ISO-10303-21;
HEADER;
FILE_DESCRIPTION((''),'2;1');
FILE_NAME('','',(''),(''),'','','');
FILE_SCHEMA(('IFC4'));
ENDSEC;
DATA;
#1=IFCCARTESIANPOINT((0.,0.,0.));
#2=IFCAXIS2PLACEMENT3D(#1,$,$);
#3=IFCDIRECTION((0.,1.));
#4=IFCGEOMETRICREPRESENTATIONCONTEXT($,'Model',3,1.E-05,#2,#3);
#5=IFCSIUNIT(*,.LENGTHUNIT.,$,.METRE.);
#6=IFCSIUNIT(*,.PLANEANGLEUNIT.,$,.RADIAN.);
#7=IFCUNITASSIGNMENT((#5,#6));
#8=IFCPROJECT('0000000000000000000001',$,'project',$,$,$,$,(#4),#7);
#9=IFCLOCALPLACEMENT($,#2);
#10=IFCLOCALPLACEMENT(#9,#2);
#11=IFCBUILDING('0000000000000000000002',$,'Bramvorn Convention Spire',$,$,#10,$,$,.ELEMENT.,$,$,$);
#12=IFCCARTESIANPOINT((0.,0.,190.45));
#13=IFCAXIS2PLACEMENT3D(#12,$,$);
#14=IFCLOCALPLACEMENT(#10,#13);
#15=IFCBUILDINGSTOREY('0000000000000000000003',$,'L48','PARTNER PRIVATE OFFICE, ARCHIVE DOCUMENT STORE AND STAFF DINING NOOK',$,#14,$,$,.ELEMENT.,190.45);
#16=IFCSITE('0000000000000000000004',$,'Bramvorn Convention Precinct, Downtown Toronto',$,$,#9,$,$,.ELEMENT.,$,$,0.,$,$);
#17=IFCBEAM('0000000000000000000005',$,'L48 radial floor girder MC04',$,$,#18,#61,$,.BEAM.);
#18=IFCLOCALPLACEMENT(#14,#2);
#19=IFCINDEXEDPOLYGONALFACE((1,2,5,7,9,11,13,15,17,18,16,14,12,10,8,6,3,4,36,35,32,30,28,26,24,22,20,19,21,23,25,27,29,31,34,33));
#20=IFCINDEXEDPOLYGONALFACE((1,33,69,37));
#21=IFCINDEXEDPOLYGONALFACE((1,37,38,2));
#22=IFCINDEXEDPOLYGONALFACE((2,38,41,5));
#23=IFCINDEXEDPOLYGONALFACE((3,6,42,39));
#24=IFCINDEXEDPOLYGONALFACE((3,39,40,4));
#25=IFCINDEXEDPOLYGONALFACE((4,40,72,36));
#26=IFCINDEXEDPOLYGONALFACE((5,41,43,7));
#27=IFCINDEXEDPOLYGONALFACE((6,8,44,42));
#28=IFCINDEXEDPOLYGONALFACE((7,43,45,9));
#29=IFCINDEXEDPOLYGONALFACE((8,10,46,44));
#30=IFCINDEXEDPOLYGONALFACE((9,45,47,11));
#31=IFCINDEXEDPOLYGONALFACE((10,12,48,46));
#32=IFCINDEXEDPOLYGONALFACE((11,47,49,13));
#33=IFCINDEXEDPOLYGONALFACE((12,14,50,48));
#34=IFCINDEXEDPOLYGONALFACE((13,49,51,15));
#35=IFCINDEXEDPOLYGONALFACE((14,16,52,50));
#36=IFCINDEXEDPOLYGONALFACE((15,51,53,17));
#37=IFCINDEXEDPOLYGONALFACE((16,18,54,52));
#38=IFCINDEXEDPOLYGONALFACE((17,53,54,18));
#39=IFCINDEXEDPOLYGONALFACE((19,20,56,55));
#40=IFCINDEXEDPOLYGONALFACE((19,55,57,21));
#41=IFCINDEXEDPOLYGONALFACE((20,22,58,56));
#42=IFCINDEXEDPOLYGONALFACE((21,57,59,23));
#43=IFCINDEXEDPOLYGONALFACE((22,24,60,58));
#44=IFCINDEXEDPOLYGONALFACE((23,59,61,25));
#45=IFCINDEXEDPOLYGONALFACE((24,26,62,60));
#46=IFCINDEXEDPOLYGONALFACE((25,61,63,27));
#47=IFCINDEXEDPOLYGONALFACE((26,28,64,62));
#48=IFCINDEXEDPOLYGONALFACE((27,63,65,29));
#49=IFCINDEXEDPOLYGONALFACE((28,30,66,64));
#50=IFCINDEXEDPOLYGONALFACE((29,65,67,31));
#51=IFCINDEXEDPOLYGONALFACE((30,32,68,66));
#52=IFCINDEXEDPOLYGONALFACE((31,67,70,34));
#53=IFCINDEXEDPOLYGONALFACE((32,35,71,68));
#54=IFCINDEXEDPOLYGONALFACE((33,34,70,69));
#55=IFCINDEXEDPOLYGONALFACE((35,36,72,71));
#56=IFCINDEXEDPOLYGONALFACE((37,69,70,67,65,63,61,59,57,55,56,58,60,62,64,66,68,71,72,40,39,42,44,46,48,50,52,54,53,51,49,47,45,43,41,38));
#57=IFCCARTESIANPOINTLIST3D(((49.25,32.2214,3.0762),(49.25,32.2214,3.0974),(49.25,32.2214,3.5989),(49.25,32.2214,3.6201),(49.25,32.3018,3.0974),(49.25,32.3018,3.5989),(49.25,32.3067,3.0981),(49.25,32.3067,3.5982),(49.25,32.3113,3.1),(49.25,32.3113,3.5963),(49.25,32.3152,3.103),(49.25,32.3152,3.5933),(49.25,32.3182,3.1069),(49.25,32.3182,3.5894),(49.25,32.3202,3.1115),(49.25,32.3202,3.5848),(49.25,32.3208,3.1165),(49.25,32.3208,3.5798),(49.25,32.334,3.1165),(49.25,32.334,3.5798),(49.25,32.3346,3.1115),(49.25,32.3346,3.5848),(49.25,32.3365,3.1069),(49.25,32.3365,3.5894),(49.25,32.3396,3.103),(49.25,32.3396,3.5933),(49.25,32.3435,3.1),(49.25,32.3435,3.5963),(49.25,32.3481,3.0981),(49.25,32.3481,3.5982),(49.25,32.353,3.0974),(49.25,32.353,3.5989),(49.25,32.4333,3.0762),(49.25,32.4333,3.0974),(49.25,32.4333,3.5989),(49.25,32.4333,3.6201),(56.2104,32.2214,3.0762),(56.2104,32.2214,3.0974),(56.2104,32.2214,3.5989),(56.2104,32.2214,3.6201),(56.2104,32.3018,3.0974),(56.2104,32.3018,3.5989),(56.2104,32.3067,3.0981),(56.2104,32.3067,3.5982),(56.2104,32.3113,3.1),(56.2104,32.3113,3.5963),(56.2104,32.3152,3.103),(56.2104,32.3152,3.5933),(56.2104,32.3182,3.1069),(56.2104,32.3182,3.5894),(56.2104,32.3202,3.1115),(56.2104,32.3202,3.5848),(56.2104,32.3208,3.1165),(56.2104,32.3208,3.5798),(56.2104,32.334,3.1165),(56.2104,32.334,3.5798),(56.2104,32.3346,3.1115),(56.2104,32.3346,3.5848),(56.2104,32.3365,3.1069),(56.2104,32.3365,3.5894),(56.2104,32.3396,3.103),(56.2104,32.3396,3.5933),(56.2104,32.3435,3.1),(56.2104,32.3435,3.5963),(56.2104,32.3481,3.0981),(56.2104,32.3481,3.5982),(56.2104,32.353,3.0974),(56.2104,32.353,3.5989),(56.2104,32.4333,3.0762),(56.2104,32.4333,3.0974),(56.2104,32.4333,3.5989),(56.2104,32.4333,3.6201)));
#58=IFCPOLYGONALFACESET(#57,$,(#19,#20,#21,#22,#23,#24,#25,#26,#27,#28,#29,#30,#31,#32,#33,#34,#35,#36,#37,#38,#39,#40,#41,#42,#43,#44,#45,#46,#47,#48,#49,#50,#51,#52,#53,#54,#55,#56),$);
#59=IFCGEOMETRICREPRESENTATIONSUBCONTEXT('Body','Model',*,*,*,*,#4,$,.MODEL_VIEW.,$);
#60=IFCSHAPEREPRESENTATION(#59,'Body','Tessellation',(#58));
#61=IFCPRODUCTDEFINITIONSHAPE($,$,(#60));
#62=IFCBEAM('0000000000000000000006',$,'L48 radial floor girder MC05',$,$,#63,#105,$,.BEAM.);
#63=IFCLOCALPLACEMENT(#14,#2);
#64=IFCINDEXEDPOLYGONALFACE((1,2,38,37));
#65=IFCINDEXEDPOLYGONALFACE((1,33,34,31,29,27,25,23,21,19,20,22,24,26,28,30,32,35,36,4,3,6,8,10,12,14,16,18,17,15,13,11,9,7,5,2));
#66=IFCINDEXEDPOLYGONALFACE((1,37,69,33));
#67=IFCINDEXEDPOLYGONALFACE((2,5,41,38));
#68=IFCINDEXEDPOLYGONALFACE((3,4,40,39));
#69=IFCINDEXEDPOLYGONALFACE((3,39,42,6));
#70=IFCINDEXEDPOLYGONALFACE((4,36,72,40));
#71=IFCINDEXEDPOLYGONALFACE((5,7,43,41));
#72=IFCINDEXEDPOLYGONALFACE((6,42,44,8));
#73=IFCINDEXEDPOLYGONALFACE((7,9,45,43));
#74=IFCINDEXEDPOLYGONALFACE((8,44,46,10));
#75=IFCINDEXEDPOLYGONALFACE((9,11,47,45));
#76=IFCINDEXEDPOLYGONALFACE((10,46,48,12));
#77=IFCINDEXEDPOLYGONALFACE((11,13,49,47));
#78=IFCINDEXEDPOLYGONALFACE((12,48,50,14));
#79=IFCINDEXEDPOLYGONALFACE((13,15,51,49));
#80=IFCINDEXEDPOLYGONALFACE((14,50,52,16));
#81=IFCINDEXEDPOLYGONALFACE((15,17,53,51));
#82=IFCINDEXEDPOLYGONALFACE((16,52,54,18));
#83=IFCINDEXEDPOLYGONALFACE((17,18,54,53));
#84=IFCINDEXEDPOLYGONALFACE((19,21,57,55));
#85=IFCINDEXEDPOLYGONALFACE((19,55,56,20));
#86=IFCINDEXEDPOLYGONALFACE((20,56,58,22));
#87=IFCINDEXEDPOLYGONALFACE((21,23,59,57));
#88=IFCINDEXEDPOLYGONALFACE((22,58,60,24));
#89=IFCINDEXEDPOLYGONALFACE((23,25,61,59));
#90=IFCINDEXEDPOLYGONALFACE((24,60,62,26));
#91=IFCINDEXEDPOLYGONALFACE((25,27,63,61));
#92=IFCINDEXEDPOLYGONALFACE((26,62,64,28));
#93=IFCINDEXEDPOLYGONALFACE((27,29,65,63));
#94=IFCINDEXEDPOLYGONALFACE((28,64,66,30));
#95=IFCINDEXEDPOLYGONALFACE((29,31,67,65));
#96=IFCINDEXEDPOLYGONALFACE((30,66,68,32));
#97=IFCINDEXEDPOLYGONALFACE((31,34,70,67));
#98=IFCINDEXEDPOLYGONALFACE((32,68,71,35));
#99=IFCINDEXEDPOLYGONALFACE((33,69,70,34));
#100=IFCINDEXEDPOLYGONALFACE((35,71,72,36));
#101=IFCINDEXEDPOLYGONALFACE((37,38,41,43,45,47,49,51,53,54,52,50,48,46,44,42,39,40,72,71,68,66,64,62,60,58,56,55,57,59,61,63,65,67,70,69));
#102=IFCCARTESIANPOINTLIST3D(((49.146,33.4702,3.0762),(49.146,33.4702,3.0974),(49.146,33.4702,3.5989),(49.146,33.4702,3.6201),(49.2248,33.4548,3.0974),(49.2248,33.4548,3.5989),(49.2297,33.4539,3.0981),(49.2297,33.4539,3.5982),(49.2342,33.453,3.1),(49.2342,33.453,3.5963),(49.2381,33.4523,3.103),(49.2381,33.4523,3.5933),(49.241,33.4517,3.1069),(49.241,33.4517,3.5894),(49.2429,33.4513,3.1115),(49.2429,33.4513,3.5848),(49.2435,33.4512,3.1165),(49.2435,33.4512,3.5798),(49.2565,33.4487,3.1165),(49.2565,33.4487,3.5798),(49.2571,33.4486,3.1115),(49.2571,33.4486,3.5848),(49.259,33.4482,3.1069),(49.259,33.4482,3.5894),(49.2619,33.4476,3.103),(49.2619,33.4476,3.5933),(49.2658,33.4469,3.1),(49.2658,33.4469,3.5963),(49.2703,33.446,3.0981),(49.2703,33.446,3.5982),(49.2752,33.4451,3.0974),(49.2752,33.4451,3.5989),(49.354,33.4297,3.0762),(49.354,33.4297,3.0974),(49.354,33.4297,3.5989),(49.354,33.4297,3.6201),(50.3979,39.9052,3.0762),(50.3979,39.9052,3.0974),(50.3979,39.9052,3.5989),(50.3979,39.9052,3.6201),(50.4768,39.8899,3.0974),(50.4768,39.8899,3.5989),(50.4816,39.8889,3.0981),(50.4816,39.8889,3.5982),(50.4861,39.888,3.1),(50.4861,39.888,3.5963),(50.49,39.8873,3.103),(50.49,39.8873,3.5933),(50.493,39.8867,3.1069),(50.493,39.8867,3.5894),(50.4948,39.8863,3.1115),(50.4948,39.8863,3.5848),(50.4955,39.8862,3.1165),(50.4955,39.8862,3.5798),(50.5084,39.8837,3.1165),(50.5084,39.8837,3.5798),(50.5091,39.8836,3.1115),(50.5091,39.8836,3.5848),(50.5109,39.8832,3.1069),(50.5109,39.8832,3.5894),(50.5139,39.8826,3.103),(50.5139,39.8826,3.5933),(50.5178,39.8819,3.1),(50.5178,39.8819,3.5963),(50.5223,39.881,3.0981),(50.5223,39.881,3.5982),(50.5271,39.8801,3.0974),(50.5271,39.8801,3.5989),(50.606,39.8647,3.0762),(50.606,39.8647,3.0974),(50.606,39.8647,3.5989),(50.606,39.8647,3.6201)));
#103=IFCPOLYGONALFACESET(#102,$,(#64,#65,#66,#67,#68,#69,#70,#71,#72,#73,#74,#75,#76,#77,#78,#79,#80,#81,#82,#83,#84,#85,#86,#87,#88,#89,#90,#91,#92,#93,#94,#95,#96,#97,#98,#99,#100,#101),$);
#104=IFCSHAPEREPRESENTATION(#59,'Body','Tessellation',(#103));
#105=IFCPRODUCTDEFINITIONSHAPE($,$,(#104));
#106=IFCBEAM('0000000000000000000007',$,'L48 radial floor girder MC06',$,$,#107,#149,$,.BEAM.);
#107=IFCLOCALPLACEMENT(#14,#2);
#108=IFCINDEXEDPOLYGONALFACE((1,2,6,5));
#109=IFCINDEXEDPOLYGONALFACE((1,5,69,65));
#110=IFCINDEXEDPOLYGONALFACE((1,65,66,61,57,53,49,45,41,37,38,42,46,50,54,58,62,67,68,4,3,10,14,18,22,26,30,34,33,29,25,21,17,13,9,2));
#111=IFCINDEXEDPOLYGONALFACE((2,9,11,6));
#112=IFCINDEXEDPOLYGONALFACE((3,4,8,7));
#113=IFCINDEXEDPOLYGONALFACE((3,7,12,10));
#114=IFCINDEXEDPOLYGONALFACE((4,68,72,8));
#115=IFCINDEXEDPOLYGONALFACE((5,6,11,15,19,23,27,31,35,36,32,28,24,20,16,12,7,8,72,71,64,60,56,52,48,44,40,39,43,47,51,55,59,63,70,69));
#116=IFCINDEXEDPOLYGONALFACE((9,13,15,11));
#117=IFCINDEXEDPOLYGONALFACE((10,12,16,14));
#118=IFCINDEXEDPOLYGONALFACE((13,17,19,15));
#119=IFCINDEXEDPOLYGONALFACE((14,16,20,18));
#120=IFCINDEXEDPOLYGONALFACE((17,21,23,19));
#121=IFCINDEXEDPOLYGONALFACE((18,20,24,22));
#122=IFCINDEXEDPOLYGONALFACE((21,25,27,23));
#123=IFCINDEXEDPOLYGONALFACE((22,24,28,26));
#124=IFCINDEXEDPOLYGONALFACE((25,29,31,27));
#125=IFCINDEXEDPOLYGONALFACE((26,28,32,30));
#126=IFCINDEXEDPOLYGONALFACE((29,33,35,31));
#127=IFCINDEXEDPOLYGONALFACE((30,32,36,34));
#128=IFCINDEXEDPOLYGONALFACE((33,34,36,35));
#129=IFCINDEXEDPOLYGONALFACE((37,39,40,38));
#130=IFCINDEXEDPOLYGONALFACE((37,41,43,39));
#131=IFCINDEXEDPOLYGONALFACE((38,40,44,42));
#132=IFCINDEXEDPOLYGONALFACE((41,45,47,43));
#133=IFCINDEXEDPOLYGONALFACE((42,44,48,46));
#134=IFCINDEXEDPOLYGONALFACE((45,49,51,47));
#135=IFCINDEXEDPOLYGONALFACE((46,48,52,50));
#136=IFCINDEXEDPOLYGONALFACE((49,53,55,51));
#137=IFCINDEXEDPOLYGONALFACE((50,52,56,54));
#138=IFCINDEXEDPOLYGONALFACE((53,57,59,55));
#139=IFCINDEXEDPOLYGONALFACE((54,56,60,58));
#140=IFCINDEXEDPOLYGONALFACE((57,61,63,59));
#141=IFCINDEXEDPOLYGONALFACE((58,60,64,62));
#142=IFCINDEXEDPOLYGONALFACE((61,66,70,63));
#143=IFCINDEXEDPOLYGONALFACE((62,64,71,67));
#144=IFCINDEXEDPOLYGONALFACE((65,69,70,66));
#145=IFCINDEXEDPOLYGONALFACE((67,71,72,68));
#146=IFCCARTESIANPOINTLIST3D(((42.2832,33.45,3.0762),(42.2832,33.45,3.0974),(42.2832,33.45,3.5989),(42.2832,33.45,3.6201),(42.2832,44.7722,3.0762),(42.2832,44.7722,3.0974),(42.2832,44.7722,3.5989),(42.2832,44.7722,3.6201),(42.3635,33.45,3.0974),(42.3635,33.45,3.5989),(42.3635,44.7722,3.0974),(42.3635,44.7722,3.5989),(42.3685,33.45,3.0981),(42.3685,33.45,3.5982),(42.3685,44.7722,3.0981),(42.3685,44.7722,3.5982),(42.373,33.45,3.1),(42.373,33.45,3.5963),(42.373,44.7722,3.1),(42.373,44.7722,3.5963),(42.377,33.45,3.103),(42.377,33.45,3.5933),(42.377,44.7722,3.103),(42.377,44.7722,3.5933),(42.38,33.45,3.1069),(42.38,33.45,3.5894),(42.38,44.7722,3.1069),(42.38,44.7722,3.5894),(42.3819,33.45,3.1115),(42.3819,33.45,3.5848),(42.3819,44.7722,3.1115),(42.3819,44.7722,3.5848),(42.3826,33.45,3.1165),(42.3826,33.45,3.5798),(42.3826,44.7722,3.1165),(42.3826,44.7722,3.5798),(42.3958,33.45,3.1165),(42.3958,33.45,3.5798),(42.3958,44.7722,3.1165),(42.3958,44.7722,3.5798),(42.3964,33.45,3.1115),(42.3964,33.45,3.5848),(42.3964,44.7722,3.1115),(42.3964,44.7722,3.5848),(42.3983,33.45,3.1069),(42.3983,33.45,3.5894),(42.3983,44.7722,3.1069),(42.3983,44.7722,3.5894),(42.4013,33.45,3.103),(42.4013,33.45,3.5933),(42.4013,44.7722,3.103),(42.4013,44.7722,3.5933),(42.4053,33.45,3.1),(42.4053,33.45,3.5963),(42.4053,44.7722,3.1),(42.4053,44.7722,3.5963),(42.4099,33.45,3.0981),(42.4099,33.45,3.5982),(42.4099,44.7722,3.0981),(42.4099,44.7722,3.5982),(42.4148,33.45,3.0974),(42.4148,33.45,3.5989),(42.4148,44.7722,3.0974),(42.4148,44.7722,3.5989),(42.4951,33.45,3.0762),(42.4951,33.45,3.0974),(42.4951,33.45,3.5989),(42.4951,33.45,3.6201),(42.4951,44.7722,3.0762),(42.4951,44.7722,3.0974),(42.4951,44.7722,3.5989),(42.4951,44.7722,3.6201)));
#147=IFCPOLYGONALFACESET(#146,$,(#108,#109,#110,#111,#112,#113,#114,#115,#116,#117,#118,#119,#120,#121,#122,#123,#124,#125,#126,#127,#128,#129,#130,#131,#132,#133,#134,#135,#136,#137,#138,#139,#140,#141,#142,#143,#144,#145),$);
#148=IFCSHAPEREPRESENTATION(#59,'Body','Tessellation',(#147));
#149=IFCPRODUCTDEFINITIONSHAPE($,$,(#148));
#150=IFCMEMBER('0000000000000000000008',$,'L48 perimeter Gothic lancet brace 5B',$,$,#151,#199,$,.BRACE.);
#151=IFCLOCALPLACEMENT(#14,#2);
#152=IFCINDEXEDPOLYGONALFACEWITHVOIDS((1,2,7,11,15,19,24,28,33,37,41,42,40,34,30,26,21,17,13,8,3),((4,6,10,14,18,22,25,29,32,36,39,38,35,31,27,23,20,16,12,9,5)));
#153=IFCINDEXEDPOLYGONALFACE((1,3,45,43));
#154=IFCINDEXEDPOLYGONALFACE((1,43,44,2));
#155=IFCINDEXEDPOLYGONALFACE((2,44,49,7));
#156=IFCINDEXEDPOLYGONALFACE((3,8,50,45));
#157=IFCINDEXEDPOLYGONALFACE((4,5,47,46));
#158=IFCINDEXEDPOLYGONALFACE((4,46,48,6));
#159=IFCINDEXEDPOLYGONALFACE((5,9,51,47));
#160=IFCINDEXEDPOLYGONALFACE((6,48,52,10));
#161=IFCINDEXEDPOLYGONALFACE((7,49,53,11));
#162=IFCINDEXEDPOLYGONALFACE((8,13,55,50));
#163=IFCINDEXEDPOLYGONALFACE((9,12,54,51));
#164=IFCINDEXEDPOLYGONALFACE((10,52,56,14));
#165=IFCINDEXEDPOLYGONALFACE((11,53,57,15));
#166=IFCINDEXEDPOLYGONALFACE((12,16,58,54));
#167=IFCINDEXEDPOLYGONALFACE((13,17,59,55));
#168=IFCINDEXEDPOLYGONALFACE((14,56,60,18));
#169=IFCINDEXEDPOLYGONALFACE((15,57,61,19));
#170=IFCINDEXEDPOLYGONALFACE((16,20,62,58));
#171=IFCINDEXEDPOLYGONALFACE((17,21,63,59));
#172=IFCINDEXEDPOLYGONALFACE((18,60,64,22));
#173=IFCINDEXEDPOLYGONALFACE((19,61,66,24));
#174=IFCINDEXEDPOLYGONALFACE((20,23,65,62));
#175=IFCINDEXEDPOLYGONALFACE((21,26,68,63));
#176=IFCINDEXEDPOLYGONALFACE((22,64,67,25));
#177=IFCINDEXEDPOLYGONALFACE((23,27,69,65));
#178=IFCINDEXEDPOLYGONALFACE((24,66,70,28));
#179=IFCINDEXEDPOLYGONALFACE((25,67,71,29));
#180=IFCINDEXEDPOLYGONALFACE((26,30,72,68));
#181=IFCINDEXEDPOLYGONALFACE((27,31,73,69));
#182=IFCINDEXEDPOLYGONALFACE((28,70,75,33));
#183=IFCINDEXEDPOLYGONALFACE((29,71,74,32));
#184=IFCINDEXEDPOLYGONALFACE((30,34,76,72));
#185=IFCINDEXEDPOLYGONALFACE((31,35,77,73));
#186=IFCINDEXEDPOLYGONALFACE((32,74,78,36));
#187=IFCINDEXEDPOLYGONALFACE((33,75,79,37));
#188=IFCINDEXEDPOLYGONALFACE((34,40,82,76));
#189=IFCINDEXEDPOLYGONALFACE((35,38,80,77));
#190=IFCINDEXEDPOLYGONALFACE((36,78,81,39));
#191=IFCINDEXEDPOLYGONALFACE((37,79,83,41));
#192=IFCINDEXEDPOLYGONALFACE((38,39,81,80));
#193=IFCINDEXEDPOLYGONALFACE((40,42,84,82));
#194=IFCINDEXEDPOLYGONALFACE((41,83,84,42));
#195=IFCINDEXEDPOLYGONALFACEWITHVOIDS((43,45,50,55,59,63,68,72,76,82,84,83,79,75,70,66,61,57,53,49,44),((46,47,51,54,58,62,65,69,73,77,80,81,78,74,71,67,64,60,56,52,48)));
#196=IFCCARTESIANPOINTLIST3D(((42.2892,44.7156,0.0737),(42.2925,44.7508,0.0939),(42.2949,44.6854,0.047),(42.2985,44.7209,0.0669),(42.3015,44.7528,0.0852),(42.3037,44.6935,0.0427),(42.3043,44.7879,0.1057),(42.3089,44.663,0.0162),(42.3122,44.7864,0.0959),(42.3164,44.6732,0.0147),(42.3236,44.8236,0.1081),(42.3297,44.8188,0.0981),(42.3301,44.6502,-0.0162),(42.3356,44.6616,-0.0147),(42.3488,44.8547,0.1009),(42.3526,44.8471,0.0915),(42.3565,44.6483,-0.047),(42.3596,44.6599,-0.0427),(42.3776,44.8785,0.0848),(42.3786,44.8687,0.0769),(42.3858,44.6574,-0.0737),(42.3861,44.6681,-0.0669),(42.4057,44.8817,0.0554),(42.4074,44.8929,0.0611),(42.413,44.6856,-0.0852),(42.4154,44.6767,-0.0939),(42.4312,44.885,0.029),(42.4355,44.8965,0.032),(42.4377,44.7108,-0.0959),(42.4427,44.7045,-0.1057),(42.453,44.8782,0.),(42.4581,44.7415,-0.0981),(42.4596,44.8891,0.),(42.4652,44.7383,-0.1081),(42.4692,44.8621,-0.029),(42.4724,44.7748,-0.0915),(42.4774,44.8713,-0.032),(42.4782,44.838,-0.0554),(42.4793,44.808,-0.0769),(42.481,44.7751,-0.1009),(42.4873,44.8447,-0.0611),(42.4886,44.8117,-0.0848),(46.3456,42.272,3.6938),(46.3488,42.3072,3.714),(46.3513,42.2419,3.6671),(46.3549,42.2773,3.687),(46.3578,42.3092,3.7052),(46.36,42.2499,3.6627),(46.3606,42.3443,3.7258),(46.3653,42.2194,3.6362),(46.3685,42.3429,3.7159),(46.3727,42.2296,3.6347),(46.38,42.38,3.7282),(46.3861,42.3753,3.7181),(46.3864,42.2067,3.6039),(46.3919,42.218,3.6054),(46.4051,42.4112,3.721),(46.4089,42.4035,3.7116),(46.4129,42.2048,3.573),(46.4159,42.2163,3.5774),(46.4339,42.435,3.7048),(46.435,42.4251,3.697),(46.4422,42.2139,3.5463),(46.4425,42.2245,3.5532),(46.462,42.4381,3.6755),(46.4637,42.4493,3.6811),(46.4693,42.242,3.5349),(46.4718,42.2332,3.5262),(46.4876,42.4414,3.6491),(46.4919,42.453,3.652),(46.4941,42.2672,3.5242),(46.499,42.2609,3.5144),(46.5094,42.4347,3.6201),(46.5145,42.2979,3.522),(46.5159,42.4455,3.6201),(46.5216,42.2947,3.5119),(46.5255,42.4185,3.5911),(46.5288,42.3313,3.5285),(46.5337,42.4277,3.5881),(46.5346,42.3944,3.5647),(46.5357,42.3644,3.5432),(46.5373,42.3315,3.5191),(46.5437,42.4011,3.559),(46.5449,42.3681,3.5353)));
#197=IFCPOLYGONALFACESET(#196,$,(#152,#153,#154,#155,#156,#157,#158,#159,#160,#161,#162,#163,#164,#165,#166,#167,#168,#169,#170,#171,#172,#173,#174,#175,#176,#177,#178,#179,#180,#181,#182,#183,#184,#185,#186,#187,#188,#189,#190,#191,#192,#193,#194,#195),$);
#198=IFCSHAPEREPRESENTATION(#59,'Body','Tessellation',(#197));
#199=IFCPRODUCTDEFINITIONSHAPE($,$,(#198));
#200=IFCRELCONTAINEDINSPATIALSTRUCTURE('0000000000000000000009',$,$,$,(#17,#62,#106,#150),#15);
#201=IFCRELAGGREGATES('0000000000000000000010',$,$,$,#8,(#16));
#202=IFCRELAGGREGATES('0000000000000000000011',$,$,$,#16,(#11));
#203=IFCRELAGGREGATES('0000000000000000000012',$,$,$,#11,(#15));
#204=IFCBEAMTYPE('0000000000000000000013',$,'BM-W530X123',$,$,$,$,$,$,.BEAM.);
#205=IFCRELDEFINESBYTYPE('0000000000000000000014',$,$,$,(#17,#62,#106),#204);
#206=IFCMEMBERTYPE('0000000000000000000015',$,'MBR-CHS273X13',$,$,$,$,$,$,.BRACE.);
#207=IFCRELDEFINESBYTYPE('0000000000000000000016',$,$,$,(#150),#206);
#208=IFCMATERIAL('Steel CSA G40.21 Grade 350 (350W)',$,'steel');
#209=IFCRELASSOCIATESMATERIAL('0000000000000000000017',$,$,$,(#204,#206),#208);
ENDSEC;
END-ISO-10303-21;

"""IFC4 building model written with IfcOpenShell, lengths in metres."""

from ifc_helpers import new_model, si_unit, direction, frame, origin, origin_2d, place, context, subcontext, project, spatial, hollow_circle, i_section, extrude, material, material_profile, profile_set, type_object, element, save


model = new_model("IFC4")

# Units and contexts
model_context = context("Model", 3, precision=1e-05, world=origin(), true_north=direction((0.0, 1.0)))
body_context = subcontext(model_context, "Body", "Model", "MODEL_VIEW")
ifc_project = project(units=[si_unit("LENGTHUNIT", "METRE"), si_unit("PLANEANGLEUNIT", "RADIAN")], contexts=[model_context])

# Site, building, storey
site_placement = place(None, origin())
site = spatial("IfcSite", under=ifc_project, at=site_placement, Name="Bramvorn Convention Precinct, Downtown Toronto", CompositionType="ELEMENT", RefElevation=0.0)
building_placement = place(site_placement, origin())
building = spatial("IfcBuilding", under=site, at=building_placement, Name="Bramvorn Convention Spire", CompositionType="ELEMENT")
storey_placement = place(building_placement, frame((0.0, 0.0, 190.45)))
storey = spatial("IfcBuildingStorey", under=building, at=storey_placement, Name="L48", Description="PARTNER PRIVATE OFFICE, ARCHIVE DOCUMENT STORE AND STAFF DINING NOOK", CompositionType="ELEMENT", Elevation=190.45)

# Shared definitions
ifc_material_1 = material(Name="Steel CSA G40.21 Grade 350 (350W)", Category="steel")

# Beams
ifc_material_profile_1 = material_profile(ifc_material_1, i_section(OverallWidth=0.2119, OverallDepth=0.5439, WebThickness=0.0132, FlangeThickness=0.0212, FilletRadius=0.019, at=origin_2d()))
ifc_profile_set_1 = profile_set([ifc_material_profile_1], Name="Steel CSA G40.21 Grade 350 (350W) - W530X123")
beam_type_1 = type_object("IfcBeamType", Name="BM-W530X123", PredefinedType="BEAM", material=ifc_profile_set_1)
beam_1_placement = place(storey_placement, frame((49.25, 32.3274, 3.3481), z_axis=(1.0, 0.0, 0.0), x_axis=(0.0, 1.0, 0.0)))
element("IfcBeam", 1, at=beam_1_placement, inside=storey, type_object=beam_type_1, Name="L48 radial floor girder MC04", PredefinedType="BEAM", context=body_context, shape_type="SweptSolid", body=[
    extrude(i_section(OverallWidth=0.2119, OverallDepth=0.5439, WebThickness=0.0132, FlangeThickness=0.0212, FilletRadius=0.019, at=origin_2d()), origin(), (0.0, 0.0, 1.0), 6.9604),
])
beam_2_placement = place(storey_placement, frame((49.25, 33.45, 3.3481), z_axis=(0.190971, 0.981596, 0.0), x_axis=(-0.981596, 0.190971, 0.0)))
element("IfcBeam", 2, at=beam_2_placement, inside=storey, type_object=beam_type_1, Name="L48 radial floor girder MC05", PredefinedType="BEAM", context=body_context, shape_type="SweptSolid", body=[
    extrude(i_section(OverallWidth=0.2119, OverallDepth=0.5439, WebThickness=0.0132, FlangeThickness=0.0212, FilletRadius=0.019, at=origin_2d()), origin(), (0.0, 0.0, 1.0), 6.5557),
])
beam_3_placement = place(storey_placement, frame((42.3892, 33.45, 3.3481), z_axis=(0.0, 1.0, 0.0), x_axis=(-1.0, 0.0, 0.0)))
element("IfcBeam", 3, at=beam_3_placement, inside=storey, type_object=beam_type_1, Name="L48 radial floor girder MC06", PredefinedType="BEAM", context=body_context, shape_type="SweptSolid", body=[
    extrude(i_section(OverallWidth=0.2119, OverallDepth=0.5439, WebThickness=0.0132, FlangeThickness=0.0212, FilletRadius=0.019, at=origin_2d()), origin(), (0.0, 0.0, 1.0), 11.3223),
])

# Member
ifc_material_profile_2 = material_profile(ifc_material_1, hollow_circle(Radius=0.1365, WallThickness=0.0127, at=origin_2d()))
ifc_profile_set_2 = profile_set([ifc_material_profile_2], Name="Steel CSA G40.21 Grade 350 (350W) - CHS273X13")
member_type = type_object("IfcMemberType", Name="MBR-CHS273X13", PredefinedType="BRACE", material=ifc_profile_set_2)
member_placement = place(storey_placement, frame((42.3892, 44.7722, 0.0), z_axis=(0.680515, -0.409948, 0.607324), x_axis=(0.516011, 0.856582, 0.0)))
element("IfcMember", 4, at=member_placement, inside=storey, type_object=member_type, Name="L48 perimeter Gothic lancet brace 5B", PredefinedType="BRACE", context=body_context, shape_type="SweptSolid", body=[
    extrude(hollow_circle(Radius=0.1365, WallThickness=0.0127, at=origin_2d()), origin(), (0.0, 0.0, 1.0), 5.9607),
])

save(model, "model.ifc")
